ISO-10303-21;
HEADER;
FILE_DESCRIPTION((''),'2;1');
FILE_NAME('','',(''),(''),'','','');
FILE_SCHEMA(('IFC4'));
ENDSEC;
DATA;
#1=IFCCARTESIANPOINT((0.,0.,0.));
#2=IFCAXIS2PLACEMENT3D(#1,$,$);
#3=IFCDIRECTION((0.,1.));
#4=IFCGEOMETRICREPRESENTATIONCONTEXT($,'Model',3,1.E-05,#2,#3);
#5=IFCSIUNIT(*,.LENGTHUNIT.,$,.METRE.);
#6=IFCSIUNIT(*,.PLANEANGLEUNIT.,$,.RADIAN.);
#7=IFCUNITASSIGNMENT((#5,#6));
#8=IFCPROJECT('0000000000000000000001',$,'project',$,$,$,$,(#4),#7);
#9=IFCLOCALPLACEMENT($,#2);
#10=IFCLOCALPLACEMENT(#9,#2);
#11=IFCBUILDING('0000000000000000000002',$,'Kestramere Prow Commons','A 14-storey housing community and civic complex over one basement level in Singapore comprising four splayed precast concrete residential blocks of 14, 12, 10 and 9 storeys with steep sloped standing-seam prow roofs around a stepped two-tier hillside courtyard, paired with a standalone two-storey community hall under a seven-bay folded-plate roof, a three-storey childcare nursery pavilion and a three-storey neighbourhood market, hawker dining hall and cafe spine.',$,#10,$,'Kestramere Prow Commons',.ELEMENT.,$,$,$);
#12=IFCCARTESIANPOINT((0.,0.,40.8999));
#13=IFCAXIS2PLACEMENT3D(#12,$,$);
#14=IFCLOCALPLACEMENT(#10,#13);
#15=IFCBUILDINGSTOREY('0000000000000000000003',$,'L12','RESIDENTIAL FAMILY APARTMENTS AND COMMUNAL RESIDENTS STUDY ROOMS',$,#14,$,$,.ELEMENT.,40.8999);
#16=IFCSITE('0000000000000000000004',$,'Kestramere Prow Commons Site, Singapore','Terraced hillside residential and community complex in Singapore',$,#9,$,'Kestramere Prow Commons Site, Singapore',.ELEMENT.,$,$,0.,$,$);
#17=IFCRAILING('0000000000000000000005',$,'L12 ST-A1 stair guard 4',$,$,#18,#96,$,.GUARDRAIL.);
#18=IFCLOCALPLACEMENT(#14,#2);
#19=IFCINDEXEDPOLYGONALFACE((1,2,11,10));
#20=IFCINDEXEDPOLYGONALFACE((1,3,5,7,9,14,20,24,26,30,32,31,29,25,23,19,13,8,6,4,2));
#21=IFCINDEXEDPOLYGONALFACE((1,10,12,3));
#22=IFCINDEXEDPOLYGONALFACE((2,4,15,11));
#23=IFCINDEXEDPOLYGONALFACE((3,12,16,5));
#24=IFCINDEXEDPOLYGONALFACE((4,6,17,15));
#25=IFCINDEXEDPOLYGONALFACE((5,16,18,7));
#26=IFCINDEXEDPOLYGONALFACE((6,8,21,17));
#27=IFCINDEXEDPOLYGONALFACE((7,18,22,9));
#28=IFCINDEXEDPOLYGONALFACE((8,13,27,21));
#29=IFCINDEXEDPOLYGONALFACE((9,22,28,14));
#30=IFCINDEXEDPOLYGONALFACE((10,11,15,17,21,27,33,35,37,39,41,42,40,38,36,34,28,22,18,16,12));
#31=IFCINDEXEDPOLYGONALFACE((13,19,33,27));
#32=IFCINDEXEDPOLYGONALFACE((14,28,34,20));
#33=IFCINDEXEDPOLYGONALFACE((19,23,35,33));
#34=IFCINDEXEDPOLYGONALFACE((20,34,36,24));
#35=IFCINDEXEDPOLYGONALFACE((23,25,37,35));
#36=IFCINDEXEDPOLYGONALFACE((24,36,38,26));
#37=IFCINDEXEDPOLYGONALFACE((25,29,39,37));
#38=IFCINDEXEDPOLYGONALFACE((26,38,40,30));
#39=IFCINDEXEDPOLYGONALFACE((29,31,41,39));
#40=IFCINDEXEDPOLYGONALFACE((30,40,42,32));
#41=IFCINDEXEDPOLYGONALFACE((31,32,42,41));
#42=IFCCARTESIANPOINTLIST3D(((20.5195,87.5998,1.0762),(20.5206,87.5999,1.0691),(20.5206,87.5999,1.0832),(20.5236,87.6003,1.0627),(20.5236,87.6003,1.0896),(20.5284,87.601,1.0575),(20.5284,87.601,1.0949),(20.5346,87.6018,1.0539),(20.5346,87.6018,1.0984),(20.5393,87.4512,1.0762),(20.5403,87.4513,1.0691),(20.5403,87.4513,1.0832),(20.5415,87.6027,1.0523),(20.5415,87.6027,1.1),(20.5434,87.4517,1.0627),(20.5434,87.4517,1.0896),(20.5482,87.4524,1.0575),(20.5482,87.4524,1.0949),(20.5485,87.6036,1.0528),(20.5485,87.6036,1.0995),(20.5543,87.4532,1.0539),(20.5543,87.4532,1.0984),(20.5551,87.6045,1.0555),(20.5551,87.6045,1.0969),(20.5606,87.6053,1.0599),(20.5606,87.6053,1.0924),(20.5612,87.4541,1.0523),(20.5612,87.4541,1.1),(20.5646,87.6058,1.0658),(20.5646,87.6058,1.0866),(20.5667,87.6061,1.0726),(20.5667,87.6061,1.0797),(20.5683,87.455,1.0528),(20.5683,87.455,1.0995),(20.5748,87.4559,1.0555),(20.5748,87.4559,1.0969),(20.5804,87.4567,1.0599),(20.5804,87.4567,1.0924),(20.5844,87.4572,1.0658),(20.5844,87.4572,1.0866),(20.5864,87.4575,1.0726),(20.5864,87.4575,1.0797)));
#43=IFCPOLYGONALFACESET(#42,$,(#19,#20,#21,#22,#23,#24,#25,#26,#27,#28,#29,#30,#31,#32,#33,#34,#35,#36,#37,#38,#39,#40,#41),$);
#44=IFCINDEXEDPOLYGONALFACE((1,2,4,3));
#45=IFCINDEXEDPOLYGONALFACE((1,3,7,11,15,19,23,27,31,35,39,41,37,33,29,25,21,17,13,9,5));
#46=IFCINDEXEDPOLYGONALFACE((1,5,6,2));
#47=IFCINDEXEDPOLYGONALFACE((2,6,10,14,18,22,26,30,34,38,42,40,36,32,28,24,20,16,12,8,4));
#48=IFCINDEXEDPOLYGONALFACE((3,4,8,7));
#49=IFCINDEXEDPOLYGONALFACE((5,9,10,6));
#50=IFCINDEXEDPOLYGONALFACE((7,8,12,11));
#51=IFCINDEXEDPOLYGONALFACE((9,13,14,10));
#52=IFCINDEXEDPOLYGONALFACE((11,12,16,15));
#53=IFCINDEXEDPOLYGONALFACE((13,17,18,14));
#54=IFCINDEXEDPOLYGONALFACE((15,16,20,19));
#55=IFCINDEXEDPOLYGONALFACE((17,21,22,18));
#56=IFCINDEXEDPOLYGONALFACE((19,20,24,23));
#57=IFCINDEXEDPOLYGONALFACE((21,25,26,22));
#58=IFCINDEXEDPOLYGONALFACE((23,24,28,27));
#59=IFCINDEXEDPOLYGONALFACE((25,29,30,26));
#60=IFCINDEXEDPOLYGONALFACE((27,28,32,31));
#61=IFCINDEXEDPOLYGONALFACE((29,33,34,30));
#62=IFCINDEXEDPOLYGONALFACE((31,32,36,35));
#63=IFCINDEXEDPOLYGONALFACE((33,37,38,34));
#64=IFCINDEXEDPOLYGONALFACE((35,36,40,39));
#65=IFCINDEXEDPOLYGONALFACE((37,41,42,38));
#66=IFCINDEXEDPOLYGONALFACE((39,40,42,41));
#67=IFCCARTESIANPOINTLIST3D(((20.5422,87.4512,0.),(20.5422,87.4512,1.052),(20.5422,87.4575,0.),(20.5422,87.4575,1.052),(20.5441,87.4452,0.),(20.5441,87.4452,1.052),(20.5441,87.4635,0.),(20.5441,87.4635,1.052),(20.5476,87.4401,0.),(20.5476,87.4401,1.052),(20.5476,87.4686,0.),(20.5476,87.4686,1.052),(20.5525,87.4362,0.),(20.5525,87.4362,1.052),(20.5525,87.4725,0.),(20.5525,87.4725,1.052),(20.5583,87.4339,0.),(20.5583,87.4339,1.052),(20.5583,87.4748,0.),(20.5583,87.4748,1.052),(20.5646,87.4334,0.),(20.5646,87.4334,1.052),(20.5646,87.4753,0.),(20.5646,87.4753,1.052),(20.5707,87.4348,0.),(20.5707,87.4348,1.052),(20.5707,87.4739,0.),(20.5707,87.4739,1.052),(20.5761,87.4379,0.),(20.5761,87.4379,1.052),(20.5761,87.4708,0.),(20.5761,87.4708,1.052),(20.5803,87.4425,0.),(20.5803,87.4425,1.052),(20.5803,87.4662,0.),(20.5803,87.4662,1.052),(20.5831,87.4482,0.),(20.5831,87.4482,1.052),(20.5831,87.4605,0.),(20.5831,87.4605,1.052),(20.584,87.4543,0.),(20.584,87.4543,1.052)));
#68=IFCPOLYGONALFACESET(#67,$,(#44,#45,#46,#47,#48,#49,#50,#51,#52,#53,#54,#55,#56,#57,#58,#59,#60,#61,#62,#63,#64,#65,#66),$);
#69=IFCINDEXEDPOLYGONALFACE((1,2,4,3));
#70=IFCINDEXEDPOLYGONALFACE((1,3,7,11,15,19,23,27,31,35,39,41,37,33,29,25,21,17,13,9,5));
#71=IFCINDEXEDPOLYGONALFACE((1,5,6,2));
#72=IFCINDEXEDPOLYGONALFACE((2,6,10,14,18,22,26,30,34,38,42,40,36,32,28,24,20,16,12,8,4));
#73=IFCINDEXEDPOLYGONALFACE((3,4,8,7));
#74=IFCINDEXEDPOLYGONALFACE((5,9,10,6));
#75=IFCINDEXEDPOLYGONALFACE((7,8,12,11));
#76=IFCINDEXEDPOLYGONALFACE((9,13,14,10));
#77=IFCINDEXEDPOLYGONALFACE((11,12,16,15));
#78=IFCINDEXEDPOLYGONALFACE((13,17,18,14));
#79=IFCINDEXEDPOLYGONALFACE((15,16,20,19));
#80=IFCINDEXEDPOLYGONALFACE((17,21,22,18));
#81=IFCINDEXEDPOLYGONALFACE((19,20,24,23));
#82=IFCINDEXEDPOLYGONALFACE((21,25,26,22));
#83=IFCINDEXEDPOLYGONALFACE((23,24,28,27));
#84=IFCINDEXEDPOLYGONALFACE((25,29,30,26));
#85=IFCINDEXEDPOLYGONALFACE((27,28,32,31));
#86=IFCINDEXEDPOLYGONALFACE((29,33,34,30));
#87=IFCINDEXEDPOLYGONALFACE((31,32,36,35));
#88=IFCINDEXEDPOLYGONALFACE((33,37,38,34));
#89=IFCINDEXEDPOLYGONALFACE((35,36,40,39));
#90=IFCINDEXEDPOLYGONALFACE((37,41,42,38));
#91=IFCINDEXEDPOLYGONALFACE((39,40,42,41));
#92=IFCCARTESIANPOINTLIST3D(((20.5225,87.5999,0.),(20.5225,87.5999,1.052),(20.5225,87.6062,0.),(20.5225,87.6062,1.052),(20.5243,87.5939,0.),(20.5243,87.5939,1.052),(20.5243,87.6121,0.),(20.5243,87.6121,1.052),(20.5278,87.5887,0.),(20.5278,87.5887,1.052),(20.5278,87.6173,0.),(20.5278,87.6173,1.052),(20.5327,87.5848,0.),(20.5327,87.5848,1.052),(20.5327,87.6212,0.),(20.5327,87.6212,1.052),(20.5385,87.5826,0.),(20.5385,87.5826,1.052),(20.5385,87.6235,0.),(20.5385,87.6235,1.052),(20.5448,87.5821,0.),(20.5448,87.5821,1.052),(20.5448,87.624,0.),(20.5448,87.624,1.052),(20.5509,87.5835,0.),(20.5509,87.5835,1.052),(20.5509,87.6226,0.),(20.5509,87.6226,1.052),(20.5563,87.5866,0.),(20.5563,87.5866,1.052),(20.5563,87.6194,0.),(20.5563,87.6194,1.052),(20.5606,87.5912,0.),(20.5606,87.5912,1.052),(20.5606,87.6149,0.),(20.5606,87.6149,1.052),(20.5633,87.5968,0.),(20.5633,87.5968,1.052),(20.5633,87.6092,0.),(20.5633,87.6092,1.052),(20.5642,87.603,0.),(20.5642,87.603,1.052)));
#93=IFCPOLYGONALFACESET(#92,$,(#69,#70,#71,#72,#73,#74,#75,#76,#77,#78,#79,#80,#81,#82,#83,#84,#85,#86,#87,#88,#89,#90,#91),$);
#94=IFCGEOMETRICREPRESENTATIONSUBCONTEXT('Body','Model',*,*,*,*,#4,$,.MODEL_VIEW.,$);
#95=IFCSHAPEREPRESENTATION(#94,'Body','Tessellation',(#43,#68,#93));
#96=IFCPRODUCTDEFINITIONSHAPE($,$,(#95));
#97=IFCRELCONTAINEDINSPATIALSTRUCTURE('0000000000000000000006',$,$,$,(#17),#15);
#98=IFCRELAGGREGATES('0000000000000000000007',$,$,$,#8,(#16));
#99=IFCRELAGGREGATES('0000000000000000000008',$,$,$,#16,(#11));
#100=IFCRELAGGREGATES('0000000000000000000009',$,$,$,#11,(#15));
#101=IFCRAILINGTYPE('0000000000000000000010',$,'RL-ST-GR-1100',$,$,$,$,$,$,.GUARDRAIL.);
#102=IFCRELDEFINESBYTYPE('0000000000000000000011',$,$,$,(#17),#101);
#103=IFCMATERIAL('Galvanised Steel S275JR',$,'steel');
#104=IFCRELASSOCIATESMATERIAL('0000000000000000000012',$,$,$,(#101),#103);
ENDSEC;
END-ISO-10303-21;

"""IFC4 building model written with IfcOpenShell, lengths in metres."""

from ifc_helpers import new_model, si_unit, direction, frame, origin, origin_2d, place, context, subcontext, project, spatial, circle, extrude, material, type_object, element, save


model = new_model("IFC4")

# Units and contexts
model_context = context("Model", 3, precision=1e-05, world=origin(), true_north=direction((0.0, 1.0)))
body_context = subcontext(model_context, "Body", "Model", "MODEL_VIEW")
ifc_project = project(units=[si_unit("LENGTHUNIT", "METRE"), si_unit("PLANEANGLEUNIT", "RADIAN")], contexts=[model_context])

# Site, building, storey
site_placement = place(None, origin())
site = spatial("IfcSite", under=ifc_project, at=site_placement, Name="Kestramere Prow Commons Site, Singapore", Description="Terraced hillside residential and community complex in Singapore", LongName="Kestramere Prow Commons Site, Singapore", CompositionType="ELEMENT", RefElevation=0.0)
building_placement = place(site_placement, origin())
building = spatial("IfcBuilding", under=site, at=building_placement, Name="Kestramere Prow Commons", Description="A 14-storey housing community and civic complex over one basement level in Singapore comprising four splayed precast concrete residential blocks of 14, 12, 10 and 9 storeys with steep sloped standing-seam prow roofs around a stepped two-tier hillside courtyard, paired with a standalone two-storey community hall under a seven-bay folded-plate roof, a three-storey childcare nursery pavilion and a three-storey neighbourhood market, hawker dining hall and cafe spine.", LongName="Kestramere Prow Commons", CompositionType="ELEMENT")
storey_placement = place(building_placement, frame((0.0, 0.0, 40.8999)))
storey = spatial("IfcBuildingStorey", under=building, at=storey_placement, Name="L12", Description="RESIDENTIAL FAMILY APARTMENTS AND COMMUNAL RESIDENTS STUDY ROOMS", CompositionType="ELEMENT", Elevation=40.8999)

# Railing
ifc_material_1 = material(Name="Galvanised Steel S275JR", Category="steel")
railing_type_1 = type_object("IfcRailingType", Name="RL-ST-GR-1100", PredefinedType="GUARDRAIL", material=ifc_material_1)
railing_1_placement = place(storey_placement, frame((20.563, 87.4543, 0.0)))
element("IfcRailing", 1, at=railing_1_placement, inside=storey, type_object=railing_type_1, Name="L12 ST-A1 stair guard 4", PredefinedType="GUARDRAIL", context=body_context, shape_type="SweptSolid", body=[
    extrude(circle(Radius=0.0239, at=origin_2d()), frame((0.0, 0.0, 1.0762), z_axis=(-0.131844, 0.99127, 0.0), x_axis=(-0.99127, -0.131844, 0.0)), (0.0, 0.0, 1.0), 0.1499),
    extrude(circle(Radius=0.021, at=origin_2d()), origin(), (0.0, 0.0, 1.0), 1.052),
    extrude(circle(Radius=0.021, at=origin_2d()), frame((-0.0198, 0.1487, 0.0)), (0.0, 0.0, 1.0), 1.052),
])

save(model, "model.ifc")
